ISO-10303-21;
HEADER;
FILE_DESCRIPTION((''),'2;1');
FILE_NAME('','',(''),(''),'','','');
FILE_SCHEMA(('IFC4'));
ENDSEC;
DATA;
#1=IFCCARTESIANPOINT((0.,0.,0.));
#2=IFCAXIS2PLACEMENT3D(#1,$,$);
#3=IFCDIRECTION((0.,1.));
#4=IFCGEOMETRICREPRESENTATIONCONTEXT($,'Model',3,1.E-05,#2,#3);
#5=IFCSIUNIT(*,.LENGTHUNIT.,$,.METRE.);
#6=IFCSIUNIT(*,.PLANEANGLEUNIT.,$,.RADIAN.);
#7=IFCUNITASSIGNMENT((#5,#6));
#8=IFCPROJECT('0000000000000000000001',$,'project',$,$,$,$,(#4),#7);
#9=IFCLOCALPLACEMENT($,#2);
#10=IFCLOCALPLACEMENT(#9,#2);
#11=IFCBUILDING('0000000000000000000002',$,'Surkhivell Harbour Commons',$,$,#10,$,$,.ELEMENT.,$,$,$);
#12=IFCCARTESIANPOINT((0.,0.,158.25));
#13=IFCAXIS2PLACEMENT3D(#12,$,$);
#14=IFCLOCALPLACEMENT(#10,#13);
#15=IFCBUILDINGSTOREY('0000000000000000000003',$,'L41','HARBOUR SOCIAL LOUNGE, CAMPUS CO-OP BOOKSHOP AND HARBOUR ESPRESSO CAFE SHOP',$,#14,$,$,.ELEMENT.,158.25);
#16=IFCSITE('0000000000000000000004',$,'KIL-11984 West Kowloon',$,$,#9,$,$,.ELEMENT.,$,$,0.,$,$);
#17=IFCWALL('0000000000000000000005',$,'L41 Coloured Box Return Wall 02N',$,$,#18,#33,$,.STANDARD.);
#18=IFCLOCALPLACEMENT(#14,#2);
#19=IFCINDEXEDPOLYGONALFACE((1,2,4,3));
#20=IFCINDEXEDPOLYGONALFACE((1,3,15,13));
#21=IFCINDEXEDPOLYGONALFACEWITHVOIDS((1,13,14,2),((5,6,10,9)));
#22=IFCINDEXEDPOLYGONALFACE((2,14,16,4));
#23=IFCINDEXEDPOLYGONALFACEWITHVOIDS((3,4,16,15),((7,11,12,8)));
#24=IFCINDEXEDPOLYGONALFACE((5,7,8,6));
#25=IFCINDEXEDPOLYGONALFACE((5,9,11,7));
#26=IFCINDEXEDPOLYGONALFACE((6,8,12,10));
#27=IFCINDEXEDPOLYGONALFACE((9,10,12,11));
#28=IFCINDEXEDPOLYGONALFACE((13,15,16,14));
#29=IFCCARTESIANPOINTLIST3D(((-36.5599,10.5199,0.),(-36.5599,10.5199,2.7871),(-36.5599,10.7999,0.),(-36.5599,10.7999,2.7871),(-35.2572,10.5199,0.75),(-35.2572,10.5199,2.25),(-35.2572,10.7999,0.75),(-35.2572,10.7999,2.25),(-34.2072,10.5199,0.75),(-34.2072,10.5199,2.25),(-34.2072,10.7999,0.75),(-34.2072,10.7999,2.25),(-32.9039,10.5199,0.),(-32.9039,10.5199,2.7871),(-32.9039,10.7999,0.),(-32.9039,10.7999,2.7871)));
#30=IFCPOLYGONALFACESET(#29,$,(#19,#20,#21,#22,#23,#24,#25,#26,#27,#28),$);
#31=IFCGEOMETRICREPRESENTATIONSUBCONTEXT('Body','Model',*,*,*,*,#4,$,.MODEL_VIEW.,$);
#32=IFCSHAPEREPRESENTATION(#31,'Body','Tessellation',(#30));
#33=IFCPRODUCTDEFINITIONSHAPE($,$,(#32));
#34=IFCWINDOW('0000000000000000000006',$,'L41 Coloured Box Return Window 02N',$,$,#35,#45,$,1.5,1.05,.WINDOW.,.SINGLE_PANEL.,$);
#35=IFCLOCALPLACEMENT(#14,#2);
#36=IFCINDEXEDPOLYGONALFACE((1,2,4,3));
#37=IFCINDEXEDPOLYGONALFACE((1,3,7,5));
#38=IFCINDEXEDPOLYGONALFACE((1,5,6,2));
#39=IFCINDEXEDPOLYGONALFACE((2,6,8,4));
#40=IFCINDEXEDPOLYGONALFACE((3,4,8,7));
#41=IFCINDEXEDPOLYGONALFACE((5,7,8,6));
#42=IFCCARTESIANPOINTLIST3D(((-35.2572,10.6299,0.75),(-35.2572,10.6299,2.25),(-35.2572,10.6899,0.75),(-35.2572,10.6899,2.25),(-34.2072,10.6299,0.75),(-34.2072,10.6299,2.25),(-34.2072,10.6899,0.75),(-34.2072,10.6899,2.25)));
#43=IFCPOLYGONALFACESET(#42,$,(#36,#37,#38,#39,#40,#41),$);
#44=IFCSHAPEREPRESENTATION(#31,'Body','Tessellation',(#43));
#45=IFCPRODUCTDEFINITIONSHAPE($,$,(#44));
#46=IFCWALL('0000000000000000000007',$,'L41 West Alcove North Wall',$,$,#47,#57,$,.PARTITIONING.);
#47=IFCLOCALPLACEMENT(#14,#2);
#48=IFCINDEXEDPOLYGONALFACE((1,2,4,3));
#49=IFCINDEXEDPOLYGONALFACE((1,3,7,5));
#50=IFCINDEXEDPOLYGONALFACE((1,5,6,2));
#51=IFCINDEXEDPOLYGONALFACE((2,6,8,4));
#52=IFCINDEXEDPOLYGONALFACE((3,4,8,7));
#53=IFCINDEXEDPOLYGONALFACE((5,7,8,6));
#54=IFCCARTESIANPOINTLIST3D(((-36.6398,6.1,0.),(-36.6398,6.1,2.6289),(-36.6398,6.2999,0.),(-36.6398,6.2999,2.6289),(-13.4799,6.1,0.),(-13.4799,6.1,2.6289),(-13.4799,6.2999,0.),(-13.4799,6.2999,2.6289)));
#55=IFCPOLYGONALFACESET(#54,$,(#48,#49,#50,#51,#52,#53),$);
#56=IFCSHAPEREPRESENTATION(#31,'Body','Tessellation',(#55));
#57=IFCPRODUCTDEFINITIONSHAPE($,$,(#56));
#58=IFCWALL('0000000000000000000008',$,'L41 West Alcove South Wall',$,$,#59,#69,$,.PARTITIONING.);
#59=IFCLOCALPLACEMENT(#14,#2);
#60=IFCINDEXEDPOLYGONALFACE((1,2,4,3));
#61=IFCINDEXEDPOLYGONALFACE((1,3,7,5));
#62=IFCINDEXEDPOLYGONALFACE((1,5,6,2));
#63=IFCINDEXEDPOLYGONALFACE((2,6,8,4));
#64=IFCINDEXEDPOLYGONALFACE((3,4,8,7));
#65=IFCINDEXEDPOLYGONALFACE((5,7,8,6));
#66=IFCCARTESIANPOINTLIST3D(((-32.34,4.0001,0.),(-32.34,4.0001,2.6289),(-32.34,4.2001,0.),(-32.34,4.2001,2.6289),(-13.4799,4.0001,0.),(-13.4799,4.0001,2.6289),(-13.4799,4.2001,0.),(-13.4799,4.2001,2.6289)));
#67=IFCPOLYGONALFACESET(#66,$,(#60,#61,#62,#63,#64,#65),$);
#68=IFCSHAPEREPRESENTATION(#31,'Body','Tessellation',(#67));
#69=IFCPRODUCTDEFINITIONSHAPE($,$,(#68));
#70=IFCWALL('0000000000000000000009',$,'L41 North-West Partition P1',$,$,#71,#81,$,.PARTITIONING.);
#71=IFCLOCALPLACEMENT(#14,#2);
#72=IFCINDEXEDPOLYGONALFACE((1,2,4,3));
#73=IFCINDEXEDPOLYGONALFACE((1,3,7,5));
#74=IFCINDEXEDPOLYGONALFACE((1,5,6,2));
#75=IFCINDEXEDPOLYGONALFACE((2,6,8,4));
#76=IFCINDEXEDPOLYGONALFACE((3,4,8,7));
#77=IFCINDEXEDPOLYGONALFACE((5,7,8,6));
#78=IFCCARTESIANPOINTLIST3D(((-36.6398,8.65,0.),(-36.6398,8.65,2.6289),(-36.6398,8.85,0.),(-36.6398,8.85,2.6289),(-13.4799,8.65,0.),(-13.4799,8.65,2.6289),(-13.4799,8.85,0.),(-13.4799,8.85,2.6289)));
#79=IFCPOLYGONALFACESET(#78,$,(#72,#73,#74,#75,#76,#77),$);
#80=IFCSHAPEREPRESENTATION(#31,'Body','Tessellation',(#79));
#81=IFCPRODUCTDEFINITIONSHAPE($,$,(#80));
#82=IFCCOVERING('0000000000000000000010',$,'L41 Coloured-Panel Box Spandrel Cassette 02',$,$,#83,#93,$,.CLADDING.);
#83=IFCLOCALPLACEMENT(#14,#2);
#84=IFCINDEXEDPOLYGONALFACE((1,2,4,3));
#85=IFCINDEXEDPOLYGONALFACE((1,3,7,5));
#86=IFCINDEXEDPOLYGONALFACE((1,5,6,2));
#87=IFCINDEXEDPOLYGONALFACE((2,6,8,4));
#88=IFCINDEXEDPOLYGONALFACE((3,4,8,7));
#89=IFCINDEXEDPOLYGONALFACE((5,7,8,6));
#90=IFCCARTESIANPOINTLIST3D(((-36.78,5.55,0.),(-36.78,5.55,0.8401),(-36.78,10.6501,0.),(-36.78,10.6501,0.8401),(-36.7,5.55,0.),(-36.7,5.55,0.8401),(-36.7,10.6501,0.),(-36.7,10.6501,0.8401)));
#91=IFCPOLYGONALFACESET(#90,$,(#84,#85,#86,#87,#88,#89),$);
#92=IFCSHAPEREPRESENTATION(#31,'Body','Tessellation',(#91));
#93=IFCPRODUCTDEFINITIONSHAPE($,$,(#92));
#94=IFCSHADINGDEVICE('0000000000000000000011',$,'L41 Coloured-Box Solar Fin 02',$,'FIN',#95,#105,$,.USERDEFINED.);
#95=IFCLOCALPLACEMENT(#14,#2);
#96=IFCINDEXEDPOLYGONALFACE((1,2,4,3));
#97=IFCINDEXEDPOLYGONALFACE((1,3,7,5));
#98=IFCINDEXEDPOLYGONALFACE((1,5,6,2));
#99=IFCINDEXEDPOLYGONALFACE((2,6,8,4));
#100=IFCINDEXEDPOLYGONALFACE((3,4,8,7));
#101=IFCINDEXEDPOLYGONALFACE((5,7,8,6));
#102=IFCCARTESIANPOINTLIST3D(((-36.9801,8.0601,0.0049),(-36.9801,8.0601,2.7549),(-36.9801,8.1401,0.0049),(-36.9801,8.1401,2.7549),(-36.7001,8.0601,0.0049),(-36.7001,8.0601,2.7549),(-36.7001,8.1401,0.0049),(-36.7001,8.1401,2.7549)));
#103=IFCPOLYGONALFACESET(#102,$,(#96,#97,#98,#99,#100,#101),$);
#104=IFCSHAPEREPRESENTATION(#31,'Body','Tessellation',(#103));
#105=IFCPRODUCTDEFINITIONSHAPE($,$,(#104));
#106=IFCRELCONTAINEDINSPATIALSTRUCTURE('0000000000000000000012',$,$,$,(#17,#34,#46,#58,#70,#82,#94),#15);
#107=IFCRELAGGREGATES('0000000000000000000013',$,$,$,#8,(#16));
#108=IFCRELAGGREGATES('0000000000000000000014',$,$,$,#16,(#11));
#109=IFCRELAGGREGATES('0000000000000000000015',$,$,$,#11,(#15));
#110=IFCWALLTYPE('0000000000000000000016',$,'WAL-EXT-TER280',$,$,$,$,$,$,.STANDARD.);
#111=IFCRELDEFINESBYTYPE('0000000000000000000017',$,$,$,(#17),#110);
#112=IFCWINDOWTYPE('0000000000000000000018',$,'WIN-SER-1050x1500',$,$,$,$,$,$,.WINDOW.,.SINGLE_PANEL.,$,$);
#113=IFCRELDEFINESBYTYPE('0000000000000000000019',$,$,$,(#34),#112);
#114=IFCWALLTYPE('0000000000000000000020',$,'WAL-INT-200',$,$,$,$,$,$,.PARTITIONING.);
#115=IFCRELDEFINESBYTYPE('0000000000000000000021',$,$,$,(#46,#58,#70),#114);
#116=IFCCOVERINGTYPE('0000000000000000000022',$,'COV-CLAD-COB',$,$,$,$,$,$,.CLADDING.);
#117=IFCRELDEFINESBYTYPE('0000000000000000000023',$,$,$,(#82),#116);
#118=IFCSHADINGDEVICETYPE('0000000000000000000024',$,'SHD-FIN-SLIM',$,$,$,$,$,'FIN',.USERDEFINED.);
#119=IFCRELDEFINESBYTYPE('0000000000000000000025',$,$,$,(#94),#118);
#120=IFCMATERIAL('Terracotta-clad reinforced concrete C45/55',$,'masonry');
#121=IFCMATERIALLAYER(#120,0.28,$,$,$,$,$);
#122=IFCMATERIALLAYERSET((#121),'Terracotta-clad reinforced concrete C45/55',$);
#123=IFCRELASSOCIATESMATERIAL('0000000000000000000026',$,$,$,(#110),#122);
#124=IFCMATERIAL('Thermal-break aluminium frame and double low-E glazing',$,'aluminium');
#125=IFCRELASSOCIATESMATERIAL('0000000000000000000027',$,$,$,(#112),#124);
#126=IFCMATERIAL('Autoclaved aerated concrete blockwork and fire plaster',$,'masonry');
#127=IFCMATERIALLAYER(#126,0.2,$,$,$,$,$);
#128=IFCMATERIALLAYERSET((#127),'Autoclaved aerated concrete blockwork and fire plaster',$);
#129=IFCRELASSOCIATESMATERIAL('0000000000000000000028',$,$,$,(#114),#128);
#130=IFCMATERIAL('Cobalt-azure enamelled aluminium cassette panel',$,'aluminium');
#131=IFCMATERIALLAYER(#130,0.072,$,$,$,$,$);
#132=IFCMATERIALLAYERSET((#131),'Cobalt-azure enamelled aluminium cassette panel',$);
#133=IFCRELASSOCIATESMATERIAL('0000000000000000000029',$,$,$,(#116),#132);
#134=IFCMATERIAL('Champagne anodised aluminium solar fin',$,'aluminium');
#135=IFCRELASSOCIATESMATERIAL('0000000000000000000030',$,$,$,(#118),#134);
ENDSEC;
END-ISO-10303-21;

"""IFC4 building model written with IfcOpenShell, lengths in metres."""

from ifc_helpers import new_model, si_unit, direction, frame, frame_2d, origin, origin_2d, place, context, subcontext, project, spatial, rectangle, extrude, material, layer, layer_set, type_object, element, fill, save


model = new_model("IFC4")

# Units and contexts
model_context = context("Model", 3, precision=1e-05, world=origin(), true_north=direction((0.0, 1.0)))
body_context = subcontext(model_context, "Body", "Model", "MODEL_VIEW")
ifc_project = project(units=[si_unit("LENGTHUNIT", "METRE"), si_unit("PLANEANGLEUNIT", "RADIAN")], contexts=[model_context])

# Site, building, storey
site_placement = place(None, origin())
site = spatial("IfcSite", under=ifc_project, at=site_placement, Name="KIL-11984 West Kowloon", CompositionType="ELEMENT", RefElevation=0.0)
building_placement = place(site_placement, origin())
building = spatial("IfcBuilding", under=site, at=building_placement, Name="Surkhivell Harbour Commons", CompositionType="ELEMENT")
storey_placement = place(building_placement, frame((0.0, 0.0, 158.25)))
storey = spatial("IfcBuildingStorey", under=building, at=storey_placement, Name="L41", Description="HARBOUR SOCIAL LOUNGE, CAMPUS CO-OP BOOKSHOP AND HARBOUR ESPRESSO CAFE SHOP", CompositionType="ELEMENT", Elevation=158.25)

# Wall, opening, window
ifc_material_1 = material(Name="Terracotta-clad reinforced concrete C45/55", Category="masonry")
ifc_layer_1 = layer(ifc_material_1, 0.28)
ifc_layer_set_1 = layer_set([ifc_layer_1], Name="Terracotta-clad reinforced concrete C45/55")
wall_type_1 = type_object("IfcWallType", Name="WAL-EXT-TER280", PredefinedType="STANDARD", material=ifc_layer_set_1)
ifc_material_2 = material(Name="Thermal-break aluminium frame and double low-E glazing", Category="aluminium")
window_type = type_object("IfcWindowType", Name="WIN-SER-1050x1500", PartitioningType="SINGLE_PANEL", PredefinedType="WINDOW", material=ifc_material_2)
wall_1_placement = place(storey_placement, frame((-36.5601, 10.6599, 0.0), z_axis=(0.0, 0.0, 1.0), x_axis=(1.0, 0.0, 0.0)))
wall_1 = element("IfcWall", 1, at=wall_1_placement, inside=storey, type_object=wall_type_1, Name="L41 Coloured Box Return Wall 02N", PredefinedType="STANDARD", context=body_context, shape_type="SweptSolid", body=[
    extrude(rectangle(XDim=3.656, YDim=0.28, at=frame_2d((1.8281, 0.0))), origin(), (0.0, 0.0, 1.0), 2.7871),
])
opening_1_placement = place(wall_1_placement, frame((1.303, 0.0, 0.75)))
opening_1 = element("IfcOpeningElement", 2, at=opening_1_placement, cuts=wall_1, PredefinedType="OPENING", context=body_context, shape_type="SweptSolid", body=[
    extrude(rectangle(XDim=1.05, YDim=1.5, at=frame_2d((0.5249, 0.75))), frame((0.0, 0.1499, 0.0), z_axis=(0.0, -1.0, 0.0), x_axis=(1.0, 0.0, 0.0)), (0.0, 0.0, 1.0), 0.3),
])
window_1_placement = place(opening_1_placement, origin())
window_1 = element("IfcWindow", 3, at=window_1_placement, inside=storey, type_object=window_type, Name="L41 Coloured Box Return Window 02N", OverallHeight=1.5, OverallWidth=1.05, PartitioningType="SINGLE_PANEL", PredefinedType="WINDOW", context=body_context, shape_type="SweptSolid", body=[
    extrude(rectangle(XDim=1.05, YDim=1.5, at=frame_2d((0.5249, 0.75))), frame((0.0, 0.03, 0.0), z_axis=(0.0, -1.0, 0.0), x_axis=(1.0, 0.0, 0.0)), (0.0, 0.0, 1.0), 0.0601),
])
fill(opening_1, window_1)

# Walls
ifc_material_3 = material(Name="Autoclaved aerated concrete blockwork and fire plaster", Category="masonry")
ifc_layer_2 = layer(ifc_material_3, 0.2)
ifc_layer_set_2 = layer_set([ifc_layer_2], Name="Autoclaved aerated concrete blockwork and fire plaster")
wall_type_2 = type_object("IfcWallType", Name="WAL-INT-200", PredefinedType="PARTITIONING", material=ifc_layer_set_2)
wall_2_placement = place(storey_placement, frame((-36.6399, 6.2, 0.0), z_axis=(0.0, 0.0, 1.0), x_axis=(1.0, 0.0, 0.0)))
element("IfcWall", 4, at=wall_2_placement, inside=storey, type_object=wall_type_2, Name="L41 West Alcove North Wall", PredefinedType="PARTITIONING", context=body_context, shape_type="SweptSolid", body=[
    extrude(rectangle(XDim=23.1599, YDim=0.2, at=frame_2d((11.5801, 0.0))), origin(), (0.0, 0.0, 1.0), 2.6289),
])
wall_3_placement = place(storey_placement, frame((-32.3401, 4.1001, 0.0), z_axis=(0.0, 0.0, 1.0), x_axis=(1.0, 0.0, 0.0)))
element("IfcWall", 5, at=wall_3_placement, inside=storey, type_object=wall_type_2, Name="L41 West Alcove South Wall", PredefinedType="PARTITIONING", context=body_context, shape_type="SweptSolid", body=[
    extrude(rectangle(XDim=18.8601, YDim=0.2, at=frame_2d((9.4302, 0.0))), origin(), (0.0, 0.0, 1.0), 2.6289),
])
wall_4_placement = place(storey_placement, frame((-36.6399, 8.75, 0.0), z_axis=(0.0, 0.0, 1.0), x_axis=(1.0, 0.0, 0.0)))
element("IfcWall", 6, at=wall_4_placement, inside=storey, type_object=wall_type_2, Name="L41 North-West Partition P1", PredefinedType="PARTITIONING", context=body_context, shape_type="SweptSolid", body=[
    extrude(rectangle(XDim=23.1599, YDim=0.2, at=frame_2d((11.5801, 0.0))), origin(), (0.0, 0.0, 1.0), 2.6289),
])

# Covering
ifc_material_4 = material(Name="Cobalt-azure enamelled aluminium cassette panel", Category="aluminium")
ifc_layer_3 = layer(ifc_material_4, 0.072)
ifc_layer_set_3 = layer_set([ifc_layer_3], Name="Cobalt-azure enamelled aluminium cassette panel")
covering_type = type_object("IfcCoveringType", Name="COV-CLAD-COB", PredefinedType="CLADDING", material=ifc_layer_set_3)
covering_placement = place(storey_placement, frame((-36.74, 8.1001, 0.0), z_axis=(0.0, 0.0, 1.0), x_axis=(1.0, 0.0, 0.0)))
element("IfcCovering", 7, at=covering_placement, inside=storey, type_object=covering_type, Name="L41 Coloured-Panel Box Spandrel Cassette 02", PredefinedType="CLADDING", context=body_context, shape_type="SweptSolid", body=[
    extrude(rectangle(XDim=0.0801, YDim=5.1001, at=origin_2d()), origin(), (0.0, 0.0, 1.0), 0.8401),
])

# Shading device
ifc_material_5 = material(Name="Champagne anodised aluminium solar fin", Category="aluminium")
shading_device_type = type_object("IfcShadingDeviceType", Name="SHD-FIN-SLIM", ElementType="FIN", PredefinedType="USERDEFINED", material=ifc_material_5)
shading_device_placement = place(storey_placement, frame((-36.8401, 8.1001, 0.0049), z_axis=(0.0, 0.0, 1.0), x_axis=(1.0, 0.0, 0.0)))
element("IfcShadingDevice", 8, at=shading_device_placement, inside=storey, type_object=shading_device_type, Name="L41 Coloured-Box Solar Fin 02", ObjectType="FIN", PredefinedType="USERDEFINED", context=body_context, shape_type="SweptSolid", body=[
    extrude(rectangle(XDim=0.28, YDim=0.0801, at=origin_2d()), origin(), (0.0, 0.0, 1.0), 2.75),
])

save(model, "model.ifc")
